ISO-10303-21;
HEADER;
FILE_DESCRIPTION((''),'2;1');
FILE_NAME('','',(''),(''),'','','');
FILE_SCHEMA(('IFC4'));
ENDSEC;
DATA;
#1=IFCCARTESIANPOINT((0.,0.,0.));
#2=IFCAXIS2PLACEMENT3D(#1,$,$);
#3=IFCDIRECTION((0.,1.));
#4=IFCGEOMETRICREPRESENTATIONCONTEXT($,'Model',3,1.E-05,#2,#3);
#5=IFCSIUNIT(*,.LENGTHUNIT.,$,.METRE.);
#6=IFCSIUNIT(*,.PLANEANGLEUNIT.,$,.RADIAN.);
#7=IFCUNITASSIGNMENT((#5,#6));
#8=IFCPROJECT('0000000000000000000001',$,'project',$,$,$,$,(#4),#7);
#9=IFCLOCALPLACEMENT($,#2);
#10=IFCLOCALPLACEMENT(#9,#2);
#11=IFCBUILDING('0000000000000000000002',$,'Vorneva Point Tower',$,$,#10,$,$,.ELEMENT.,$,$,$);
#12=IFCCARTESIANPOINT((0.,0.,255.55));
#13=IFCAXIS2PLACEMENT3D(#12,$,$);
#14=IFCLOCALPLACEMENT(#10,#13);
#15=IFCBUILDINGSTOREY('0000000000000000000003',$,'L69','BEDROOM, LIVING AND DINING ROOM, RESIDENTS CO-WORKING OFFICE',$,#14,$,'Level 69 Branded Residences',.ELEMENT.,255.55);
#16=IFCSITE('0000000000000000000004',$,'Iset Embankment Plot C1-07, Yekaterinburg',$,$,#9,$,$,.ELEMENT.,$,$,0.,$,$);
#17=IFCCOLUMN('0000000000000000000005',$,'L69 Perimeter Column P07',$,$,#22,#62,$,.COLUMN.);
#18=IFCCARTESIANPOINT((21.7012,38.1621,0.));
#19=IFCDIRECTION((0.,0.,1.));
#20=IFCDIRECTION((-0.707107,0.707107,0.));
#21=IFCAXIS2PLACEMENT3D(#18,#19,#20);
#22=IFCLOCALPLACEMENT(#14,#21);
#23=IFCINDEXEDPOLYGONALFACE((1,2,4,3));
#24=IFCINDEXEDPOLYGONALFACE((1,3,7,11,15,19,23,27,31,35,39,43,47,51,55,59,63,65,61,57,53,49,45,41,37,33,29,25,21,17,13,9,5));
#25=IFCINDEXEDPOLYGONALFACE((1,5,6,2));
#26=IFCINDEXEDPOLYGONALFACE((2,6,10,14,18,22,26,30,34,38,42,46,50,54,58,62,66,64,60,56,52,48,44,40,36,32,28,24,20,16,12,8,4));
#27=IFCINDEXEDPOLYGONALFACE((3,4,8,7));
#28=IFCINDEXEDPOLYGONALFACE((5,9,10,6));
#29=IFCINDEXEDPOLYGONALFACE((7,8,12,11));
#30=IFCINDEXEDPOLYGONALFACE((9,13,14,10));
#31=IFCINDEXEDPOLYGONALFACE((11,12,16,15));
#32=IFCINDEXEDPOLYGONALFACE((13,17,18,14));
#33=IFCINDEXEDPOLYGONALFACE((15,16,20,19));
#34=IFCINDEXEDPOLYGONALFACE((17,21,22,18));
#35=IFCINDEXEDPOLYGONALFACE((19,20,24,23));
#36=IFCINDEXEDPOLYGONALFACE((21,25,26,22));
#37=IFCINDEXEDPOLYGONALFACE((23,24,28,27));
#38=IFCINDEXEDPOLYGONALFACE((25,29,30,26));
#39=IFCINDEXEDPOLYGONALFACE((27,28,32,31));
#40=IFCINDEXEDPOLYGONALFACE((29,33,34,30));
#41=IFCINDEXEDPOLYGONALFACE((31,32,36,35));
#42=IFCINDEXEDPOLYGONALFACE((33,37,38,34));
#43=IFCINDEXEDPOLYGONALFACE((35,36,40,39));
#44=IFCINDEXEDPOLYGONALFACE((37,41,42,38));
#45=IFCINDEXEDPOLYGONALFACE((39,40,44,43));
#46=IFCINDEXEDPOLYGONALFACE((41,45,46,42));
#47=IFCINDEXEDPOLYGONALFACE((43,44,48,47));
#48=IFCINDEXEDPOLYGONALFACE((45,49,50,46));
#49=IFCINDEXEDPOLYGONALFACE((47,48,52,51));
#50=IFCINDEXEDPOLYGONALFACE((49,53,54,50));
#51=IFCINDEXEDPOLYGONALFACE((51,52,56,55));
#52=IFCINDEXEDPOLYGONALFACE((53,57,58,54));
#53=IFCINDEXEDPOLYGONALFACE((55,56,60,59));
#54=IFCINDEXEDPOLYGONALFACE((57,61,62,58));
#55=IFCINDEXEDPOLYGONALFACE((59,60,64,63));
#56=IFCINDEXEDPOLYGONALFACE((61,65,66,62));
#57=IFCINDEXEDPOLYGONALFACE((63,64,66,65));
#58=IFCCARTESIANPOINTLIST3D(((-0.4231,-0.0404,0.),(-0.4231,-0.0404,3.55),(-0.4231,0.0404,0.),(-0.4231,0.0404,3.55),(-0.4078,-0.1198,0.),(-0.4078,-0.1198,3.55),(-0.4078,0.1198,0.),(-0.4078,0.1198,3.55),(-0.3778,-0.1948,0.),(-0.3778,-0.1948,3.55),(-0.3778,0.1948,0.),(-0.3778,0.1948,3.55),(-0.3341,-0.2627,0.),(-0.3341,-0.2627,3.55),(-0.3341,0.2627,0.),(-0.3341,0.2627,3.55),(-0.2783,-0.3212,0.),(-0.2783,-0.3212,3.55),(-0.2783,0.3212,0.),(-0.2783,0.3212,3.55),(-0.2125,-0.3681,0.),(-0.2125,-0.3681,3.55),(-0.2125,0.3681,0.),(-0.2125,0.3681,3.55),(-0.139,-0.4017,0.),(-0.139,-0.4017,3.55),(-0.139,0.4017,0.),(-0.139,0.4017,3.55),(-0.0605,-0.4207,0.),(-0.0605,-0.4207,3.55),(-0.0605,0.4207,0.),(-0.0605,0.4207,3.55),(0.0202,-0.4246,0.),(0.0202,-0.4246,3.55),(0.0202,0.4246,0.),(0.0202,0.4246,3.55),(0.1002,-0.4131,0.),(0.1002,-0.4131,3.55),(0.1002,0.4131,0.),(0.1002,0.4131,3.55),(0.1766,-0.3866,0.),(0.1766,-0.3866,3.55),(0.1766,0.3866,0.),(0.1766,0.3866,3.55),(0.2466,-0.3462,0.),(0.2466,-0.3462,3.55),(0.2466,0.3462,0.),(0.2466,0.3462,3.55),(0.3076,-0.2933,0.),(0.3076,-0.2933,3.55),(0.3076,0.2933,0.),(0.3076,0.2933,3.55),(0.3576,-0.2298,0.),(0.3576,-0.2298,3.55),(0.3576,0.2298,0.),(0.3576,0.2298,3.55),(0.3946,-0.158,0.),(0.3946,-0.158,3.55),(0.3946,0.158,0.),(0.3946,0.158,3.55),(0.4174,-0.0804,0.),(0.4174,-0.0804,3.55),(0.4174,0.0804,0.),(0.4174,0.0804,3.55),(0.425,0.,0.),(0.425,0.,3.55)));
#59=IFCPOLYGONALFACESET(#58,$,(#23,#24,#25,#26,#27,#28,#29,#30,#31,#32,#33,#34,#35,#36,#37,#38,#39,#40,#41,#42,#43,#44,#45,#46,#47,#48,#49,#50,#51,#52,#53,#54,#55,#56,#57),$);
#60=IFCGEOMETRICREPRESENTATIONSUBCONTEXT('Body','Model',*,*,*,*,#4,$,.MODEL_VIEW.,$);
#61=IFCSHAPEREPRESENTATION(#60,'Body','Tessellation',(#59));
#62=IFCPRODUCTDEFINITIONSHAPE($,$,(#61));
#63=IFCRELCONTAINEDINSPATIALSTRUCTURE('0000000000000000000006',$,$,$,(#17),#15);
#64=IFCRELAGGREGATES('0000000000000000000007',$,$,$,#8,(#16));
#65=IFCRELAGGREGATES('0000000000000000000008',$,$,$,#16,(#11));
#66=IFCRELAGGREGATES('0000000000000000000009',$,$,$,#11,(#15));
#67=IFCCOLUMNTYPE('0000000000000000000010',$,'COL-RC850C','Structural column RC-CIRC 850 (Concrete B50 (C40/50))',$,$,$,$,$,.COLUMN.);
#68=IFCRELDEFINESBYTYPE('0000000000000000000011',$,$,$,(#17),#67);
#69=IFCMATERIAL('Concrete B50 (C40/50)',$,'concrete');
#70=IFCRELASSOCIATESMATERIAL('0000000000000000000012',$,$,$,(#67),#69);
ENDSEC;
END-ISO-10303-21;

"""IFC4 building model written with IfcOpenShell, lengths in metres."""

from ifc_helpers import new_model, si_unit, direction, frame, origin, origin_2d, place, context, subcontext, project, spatial, circle, extrude, material, material_profile, profile_set, type_object, element, save


model = new_model("IFC4")

# Units and contexts
model_context = context("Model", 3, precision=1e-05, world=origin(), true_north=direction((0.0, 1.0)))
body_context = subcontext(model_context, "Body", "Model", "MODEL_VIEW")
ifc_project = project(units=[si_unit("LENGTHUNIT", "METRE"), si_unit("PLANEANGLEUNIT", "RADIAN")], contexts=[model_context])

# Site, building, storey
site_placement = place(None, origin())
site = spatial("IfcSite", under=ifc_project, at=site_placement, Name="Iset Embankment Plot C1-07, Yekaterinburg", CompositionType="ELEMENT", RefElevation=0.0)
building_placement = place(site_placement, origin())
building = spatial("IfcBuilding", under=site, at=building_placement, Name="Vorneva Point Tower", CompositionType="ELEMENT")
storey_placement = place(building_placement, frame((0.0, 0.0, 255.55)))
storey = spatial("IfcBuildingStorey", under=building, at=storey_placement, Name="L69", Description="BEDROOM, LIVING AND DINING ROOM, RESIDENTS CO-WORKING OFFICE", LongName="Level 69 Branded Residences", CompositionType="ELEMENT", Elevation=255.55)

# Column
ifc_material_1 = material(Name="Concrete B50 (C40/50)", Category="concrete")
ifc_material_profile_1 = material_profile(ifc_material_1, circle(Radius=0.425, at=origin_2d()), Name="RC-CIRC 850")
ifc_profile_set_1 = profile_set([ifc_material_profile_1], Name="Concrete B50 (C40/50)")
column_type_1 = type_object("IfcColumnType", Name="COL-RC850C", Description="Structural column RC-CIRC 850 (Concrete B50 (C40/50))", PredefinedType="COLUMN", material=ifc_profile_set_1)
column_1_placement = place(storey_placement, frame((21.7012, 38.1621, 0.0), z_axis=(0.0, 0.0, 1.0), x_axis=(-0.707107, 0.707107, 0.0)))
element("IfcColumn", 1, at=column_1_placement, inside=storey, type_object=column_type_1, Name="L69 Perimeter Column P07", PredefinedType="COLUMN", context=body_context, shape_type="SweptSolid", body=[
    extrude(circle(Radius=0.425, at=origin_2d()), origin(), (0.0, 0.0, 1.0), 3.55),
])

save(model, "model.ifc")
